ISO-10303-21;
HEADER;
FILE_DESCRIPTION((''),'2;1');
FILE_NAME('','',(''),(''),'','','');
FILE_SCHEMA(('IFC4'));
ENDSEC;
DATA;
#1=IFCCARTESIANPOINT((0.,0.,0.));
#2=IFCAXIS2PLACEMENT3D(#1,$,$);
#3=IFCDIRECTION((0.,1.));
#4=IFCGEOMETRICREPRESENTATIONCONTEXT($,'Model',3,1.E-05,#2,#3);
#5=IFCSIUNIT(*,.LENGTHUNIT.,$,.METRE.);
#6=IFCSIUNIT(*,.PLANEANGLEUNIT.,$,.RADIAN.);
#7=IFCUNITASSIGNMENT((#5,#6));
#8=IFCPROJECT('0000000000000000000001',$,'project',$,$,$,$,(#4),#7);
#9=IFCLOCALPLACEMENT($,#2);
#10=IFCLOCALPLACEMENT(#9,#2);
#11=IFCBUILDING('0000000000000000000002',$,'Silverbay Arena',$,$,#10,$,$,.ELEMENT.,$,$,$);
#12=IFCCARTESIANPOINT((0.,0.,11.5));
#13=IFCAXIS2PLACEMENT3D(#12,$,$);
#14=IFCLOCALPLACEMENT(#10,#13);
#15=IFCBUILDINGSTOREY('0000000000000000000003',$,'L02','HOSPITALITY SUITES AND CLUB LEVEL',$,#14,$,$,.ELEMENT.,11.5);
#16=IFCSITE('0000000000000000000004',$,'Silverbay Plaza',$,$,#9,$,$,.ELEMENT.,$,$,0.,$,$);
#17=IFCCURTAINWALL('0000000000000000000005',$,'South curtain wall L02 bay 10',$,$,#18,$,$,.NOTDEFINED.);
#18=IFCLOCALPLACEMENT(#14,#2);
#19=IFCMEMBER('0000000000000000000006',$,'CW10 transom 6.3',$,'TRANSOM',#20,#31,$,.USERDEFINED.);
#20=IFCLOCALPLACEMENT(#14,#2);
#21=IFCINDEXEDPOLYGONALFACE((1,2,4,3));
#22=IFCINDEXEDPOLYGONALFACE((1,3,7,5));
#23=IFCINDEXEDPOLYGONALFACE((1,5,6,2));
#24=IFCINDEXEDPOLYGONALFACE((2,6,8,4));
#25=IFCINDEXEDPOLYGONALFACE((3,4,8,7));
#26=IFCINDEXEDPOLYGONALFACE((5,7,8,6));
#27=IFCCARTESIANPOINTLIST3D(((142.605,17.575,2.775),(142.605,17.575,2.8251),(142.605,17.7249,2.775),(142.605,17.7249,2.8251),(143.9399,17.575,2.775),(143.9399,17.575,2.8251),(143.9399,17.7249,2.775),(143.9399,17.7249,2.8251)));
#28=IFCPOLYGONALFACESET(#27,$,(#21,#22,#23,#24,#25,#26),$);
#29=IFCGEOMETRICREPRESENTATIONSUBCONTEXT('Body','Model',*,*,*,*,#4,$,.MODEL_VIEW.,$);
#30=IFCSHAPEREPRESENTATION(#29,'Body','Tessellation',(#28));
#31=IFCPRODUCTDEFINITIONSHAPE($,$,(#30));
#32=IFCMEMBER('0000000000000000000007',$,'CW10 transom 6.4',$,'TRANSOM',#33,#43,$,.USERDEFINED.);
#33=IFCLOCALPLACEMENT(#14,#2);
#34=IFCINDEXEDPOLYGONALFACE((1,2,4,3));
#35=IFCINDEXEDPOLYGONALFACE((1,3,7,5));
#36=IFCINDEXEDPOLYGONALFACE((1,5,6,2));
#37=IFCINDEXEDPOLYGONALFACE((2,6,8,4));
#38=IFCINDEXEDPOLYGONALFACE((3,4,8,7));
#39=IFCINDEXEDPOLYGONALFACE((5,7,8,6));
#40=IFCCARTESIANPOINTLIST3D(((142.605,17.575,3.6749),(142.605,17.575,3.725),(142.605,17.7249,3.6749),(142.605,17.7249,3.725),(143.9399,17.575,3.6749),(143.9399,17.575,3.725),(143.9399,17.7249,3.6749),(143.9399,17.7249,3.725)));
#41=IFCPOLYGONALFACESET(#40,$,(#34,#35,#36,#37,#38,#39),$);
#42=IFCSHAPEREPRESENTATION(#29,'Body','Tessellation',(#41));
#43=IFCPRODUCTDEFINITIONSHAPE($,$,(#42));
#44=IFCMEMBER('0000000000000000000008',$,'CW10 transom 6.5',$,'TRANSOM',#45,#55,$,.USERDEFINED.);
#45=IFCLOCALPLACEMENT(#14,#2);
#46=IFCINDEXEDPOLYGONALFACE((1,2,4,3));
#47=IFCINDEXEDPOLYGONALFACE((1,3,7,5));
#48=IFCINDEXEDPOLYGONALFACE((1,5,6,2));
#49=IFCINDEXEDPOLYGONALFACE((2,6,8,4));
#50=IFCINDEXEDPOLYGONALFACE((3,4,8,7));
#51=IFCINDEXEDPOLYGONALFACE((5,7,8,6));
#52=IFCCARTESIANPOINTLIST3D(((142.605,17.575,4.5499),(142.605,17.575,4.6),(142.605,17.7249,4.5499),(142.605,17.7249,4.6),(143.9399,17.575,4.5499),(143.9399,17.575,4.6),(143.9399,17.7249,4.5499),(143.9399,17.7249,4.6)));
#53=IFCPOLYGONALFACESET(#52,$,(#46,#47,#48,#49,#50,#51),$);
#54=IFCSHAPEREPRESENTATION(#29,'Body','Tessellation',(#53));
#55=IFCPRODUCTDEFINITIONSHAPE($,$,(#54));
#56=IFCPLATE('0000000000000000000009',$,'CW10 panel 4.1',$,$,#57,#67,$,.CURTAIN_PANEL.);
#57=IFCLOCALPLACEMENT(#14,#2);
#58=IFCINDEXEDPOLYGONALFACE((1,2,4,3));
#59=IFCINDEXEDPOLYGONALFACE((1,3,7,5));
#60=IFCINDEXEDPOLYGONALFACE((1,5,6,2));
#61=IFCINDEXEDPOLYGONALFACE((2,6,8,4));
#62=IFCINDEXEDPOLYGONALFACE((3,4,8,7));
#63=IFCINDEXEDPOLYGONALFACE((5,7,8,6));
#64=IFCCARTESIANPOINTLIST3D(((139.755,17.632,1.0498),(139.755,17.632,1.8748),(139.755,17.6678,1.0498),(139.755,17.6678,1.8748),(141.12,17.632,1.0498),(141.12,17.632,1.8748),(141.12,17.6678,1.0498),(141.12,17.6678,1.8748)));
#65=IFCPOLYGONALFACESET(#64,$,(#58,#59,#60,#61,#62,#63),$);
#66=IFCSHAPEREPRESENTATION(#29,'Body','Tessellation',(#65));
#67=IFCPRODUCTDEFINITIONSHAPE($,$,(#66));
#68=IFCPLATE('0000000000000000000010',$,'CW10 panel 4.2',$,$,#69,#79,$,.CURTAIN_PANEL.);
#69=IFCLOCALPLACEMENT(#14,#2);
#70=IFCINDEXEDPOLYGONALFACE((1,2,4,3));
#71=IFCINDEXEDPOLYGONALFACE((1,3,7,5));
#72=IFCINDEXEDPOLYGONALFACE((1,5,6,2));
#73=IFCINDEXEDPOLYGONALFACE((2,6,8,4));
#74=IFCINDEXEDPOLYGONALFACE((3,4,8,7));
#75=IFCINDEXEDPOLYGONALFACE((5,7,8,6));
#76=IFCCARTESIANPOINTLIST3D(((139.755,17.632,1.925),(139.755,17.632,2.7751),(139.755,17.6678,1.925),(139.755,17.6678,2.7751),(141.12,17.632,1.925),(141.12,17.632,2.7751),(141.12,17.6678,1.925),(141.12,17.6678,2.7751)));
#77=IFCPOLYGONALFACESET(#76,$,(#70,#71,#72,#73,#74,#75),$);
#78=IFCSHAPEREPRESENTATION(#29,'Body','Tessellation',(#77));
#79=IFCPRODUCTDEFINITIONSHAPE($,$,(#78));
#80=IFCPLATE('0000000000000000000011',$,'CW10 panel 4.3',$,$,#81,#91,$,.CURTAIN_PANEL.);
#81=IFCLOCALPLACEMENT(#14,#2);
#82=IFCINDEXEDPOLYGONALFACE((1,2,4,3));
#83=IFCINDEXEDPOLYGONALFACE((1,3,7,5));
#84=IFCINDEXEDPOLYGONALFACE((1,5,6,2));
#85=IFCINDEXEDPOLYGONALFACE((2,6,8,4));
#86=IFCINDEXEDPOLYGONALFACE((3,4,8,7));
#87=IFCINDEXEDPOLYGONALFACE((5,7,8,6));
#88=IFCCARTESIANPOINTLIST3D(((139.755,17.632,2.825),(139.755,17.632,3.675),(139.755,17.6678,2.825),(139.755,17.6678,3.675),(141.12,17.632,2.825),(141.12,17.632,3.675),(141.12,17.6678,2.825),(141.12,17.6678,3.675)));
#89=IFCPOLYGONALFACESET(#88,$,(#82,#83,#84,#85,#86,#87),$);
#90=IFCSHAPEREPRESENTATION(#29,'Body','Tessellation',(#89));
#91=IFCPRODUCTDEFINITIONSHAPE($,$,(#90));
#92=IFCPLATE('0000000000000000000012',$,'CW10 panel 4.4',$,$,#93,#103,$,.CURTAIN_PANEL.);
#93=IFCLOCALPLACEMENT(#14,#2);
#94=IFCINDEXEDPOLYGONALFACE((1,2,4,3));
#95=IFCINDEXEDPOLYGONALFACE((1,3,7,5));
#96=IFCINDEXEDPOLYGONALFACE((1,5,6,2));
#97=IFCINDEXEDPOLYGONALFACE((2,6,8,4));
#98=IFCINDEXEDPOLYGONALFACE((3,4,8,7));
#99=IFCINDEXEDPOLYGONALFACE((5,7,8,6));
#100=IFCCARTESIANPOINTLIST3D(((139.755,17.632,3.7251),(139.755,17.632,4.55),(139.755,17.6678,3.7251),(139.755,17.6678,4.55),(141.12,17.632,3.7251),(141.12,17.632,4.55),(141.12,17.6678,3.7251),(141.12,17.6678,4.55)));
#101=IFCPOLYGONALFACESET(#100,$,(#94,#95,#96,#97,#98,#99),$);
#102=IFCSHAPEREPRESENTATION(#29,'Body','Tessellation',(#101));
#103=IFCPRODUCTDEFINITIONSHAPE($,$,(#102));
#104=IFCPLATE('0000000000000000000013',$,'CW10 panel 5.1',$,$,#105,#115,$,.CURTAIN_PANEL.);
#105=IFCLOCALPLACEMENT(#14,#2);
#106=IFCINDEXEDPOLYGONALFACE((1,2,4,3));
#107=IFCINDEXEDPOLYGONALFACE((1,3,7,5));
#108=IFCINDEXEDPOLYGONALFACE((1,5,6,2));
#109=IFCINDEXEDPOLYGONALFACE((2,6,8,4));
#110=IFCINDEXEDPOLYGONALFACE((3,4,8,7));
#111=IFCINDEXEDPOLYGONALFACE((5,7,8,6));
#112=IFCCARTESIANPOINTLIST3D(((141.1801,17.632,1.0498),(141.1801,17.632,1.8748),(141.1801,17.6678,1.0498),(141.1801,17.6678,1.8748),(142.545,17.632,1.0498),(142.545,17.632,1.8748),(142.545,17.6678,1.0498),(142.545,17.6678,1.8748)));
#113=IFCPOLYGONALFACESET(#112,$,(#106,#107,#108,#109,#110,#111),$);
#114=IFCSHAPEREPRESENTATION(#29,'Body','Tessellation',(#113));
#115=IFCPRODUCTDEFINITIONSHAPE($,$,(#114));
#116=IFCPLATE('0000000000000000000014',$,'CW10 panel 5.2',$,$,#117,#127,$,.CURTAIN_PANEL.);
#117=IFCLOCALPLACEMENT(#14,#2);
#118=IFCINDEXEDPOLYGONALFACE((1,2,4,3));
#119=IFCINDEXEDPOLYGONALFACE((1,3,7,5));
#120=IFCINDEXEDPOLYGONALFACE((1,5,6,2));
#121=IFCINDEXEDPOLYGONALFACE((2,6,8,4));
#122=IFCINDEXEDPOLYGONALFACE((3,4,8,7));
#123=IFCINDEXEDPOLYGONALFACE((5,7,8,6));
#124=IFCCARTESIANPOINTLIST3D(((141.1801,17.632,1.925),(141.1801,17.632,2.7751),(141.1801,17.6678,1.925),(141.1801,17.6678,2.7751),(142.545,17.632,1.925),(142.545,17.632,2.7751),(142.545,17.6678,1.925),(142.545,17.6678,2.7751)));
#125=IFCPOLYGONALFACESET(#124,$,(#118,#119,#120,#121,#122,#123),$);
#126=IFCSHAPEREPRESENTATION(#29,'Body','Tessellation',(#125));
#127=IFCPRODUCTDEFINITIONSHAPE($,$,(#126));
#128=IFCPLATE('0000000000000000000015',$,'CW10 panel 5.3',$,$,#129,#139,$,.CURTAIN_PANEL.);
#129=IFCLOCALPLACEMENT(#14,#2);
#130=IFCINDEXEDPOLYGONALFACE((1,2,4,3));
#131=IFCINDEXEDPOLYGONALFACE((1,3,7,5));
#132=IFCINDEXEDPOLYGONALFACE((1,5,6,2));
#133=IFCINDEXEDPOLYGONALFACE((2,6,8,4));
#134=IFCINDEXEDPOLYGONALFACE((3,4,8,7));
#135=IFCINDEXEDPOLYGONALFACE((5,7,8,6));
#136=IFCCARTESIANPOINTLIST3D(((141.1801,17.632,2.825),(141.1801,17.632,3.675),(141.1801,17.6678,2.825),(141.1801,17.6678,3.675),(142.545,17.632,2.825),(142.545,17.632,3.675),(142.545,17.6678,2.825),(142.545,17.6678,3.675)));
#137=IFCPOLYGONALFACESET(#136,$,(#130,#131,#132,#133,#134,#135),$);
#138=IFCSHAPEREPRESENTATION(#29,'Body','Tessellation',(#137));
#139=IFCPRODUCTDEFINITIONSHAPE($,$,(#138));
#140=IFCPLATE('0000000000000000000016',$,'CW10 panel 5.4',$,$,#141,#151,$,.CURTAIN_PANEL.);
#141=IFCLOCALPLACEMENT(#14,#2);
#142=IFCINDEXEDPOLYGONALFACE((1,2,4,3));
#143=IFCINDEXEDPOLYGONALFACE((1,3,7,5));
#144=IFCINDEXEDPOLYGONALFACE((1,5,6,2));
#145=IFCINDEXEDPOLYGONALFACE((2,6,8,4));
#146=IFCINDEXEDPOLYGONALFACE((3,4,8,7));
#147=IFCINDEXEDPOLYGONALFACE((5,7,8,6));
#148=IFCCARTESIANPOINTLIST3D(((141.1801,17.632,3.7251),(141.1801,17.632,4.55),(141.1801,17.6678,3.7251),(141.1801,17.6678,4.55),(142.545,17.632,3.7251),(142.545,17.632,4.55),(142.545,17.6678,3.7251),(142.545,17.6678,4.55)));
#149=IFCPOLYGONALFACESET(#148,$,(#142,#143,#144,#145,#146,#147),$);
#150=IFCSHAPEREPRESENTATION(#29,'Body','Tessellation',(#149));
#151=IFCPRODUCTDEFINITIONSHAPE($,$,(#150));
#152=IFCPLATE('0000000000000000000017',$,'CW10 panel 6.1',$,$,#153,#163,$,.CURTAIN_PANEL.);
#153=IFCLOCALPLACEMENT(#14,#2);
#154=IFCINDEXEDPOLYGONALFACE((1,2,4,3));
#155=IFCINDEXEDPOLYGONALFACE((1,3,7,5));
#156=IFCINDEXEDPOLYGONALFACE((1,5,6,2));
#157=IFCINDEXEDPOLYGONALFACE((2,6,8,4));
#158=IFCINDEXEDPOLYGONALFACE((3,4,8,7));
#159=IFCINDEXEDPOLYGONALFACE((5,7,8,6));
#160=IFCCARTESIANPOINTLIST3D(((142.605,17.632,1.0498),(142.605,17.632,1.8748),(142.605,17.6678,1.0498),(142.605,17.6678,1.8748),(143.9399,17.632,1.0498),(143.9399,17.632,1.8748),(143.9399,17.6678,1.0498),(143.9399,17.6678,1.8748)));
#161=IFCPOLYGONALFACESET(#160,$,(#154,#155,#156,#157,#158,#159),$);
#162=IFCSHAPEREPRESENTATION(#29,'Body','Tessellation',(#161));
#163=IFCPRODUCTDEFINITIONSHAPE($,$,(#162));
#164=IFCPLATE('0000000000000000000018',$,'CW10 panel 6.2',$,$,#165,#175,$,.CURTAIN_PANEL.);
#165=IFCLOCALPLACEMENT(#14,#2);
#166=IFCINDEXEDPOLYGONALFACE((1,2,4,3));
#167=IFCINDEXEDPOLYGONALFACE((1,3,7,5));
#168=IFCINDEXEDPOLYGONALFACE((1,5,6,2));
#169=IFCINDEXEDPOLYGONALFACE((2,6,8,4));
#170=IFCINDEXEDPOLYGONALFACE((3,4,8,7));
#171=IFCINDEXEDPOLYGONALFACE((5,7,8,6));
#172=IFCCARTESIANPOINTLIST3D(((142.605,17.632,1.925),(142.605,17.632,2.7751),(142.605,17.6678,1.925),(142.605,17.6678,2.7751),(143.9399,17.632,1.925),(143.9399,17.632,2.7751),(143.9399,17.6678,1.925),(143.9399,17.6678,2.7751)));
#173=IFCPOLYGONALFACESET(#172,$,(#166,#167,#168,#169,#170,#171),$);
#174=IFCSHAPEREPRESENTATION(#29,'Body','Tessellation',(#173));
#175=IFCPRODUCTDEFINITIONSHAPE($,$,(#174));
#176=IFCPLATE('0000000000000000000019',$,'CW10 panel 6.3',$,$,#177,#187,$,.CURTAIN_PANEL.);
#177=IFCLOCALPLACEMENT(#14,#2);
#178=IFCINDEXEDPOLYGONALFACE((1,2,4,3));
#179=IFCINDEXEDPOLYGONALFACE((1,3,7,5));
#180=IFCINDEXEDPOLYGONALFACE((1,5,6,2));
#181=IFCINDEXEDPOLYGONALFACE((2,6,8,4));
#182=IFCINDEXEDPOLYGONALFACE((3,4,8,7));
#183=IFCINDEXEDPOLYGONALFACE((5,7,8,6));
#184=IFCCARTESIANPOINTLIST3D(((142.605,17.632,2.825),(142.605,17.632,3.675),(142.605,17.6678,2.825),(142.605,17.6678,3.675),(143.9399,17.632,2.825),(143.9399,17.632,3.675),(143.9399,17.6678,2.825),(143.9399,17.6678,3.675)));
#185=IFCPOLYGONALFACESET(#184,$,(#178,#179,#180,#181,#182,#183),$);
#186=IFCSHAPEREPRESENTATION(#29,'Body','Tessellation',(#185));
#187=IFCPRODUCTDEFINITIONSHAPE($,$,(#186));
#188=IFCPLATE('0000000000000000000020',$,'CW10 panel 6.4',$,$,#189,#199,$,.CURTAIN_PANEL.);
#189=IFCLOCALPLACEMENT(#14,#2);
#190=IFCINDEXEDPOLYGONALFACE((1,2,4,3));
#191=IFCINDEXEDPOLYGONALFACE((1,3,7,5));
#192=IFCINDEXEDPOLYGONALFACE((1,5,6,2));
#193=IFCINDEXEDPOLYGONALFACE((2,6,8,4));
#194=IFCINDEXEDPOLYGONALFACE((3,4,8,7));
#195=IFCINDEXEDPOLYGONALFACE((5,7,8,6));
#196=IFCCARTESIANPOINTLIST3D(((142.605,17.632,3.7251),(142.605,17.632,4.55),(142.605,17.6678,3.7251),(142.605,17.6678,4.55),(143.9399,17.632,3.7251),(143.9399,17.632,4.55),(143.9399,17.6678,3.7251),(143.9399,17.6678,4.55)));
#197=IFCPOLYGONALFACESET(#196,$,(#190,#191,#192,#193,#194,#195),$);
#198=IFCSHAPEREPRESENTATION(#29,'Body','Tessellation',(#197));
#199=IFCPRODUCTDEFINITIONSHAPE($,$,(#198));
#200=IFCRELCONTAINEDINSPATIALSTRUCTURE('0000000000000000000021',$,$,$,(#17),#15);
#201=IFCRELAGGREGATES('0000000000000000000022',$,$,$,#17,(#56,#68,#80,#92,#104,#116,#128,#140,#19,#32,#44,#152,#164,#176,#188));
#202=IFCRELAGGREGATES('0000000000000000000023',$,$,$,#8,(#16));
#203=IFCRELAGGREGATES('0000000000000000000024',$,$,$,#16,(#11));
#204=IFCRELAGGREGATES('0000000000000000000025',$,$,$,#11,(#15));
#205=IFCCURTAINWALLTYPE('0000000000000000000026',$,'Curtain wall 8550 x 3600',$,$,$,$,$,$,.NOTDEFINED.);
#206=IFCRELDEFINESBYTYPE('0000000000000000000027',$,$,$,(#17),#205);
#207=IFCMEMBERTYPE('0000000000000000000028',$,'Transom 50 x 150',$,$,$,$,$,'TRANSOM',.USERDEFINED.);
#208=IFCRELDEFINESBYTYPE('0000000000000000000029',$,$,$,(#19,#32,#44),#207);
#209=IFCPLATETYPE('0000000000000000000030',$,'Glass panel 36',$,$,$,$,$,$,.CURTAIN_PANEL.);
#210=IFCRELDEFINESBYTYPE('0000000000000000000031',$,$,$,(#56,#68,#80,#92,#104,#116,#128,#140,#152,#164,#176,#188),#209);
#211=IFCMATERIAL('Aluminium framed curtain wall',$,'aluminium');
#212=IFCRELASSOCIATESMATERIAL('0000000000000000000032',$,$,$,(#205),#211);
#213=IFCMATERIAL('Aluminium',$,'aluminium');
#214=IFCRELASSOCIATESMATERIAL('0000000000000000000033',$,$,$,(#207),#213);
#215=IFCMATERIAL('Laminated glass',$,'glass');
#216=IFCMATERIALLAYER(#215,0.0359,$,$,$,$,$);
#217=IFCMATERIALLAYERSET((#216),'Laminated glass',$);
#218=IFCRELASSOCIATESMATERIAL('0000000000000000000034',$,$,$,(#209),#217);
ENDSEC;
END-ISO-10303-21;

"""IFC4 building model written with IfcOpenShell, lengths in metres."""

from ifc_helpers import new_model, si_unit, direction, frame, origin, origin_2d, place, context, subcontext, project, spatial, rectangle, extrude, material, layer, layer_set, material_profile, profile_set, type_object, element, aggregate, save


model = new_model("IFC4")

# Units and contexts
model_context = context("Model", 3, precision=1e-05, world=origin(), true_north=direction((0.0, 1.0)))
body_context = subcontext(model_context, "Body", "Model", "MODEL_VIEW")
ifc_project = project(units=[si_unit("LENGTHUNIT", "METRE"), si_unit("PLANEANGLEUNIT", "RADIAN")], contexts=[model_context])

# Site, building, storey
site_placement = place(None, origin())
site = spatial("IfcSite", under=ifc_project, at=site_placement, Name="Silverbay Plaza", CompositionType="ELEMENT", RefElevation=0.0)
building_placement = place(site_placement, origin())
building = spatial("IfcBuilding", under=site, at=building_placement, Name="Silverbay Arena", CompositionType="ELEMENT")
storey_placement = place(building_placement, frame((0.0, 0.0, 11.5)))
storey = spatial("IfcBuildingStorey", under=building, at=storey_placement, Name="L02", Description="HOSPITALITY SUITES AND CLUB LEVEL", CompositionType="ELEMENT", Elevation=11.5)

# Curtain wall, members, plates
ifc_material_1 = material(Name="Aluminium framed curtain wall", Category="aluminium")
curtain_wall_type = type_object("IfcCurtainWallType", Name="Curtain wall 8550 x 3600", PredefinedType="NOTDEFINED", material=ifc_material_1)
curtain_wall_placement = place(storey_placement, origin())
curtain_wall = element("IfcCurtainWall", 1, at=curtain_wall_placement, inside=storey, type_object=curtain_wall_type, Name="South curtain wall L02 bay 10", PredefinedType="NOTDEFINED")
ifc_material_2 = material(Name="Aluminium", Category="aluminium")
ifc_material_profile_1 = material_profile(ifc_material_2, rectangle(XDim=0.1499, YDim=0.05, at=origin_2d()), Name="Transom 50 x 150")
ifc_profile_set_1 = profile_set([ifc_material_profile_1], Name="Aluminium")
member_type_1 = type_object("IfcMemberType", Name="Transom 50 x 150", ElementType="TRANSOM", PredefinedType="USERDEFINED", material=ifc_profile_set_1)
member_1_placement = place(storey_placement, frame((142.605, 17.6499, 2.8), z_axis=(1.0, 0.0, 0.0), x_axis=(0.0, 1.0, 0.0)))
member_1 = element("IfcMember", 2, at=member_1_placement, type_object=member_type_1, Name="CW10 transom 6.3", ObjectType="TRANSOM", PredefinedType="USERDEFINED", context=body_context, shape_type="SweptSolid", body=[
    extrude(rectangle(XDim=0.1499, YDim=0.05, at=origin_2d()), origin(), (0.0, 0.0, 1.0), 1.335),
])
member_2_placement = place(storey_placement, frame((142.605, 17.6499, 3.7), z_axis=(1.0, 0.0, 0.0), x_axis=(0.0, 1.0, 0.0)))
member_2 = element("IfcMember", 3, at=member_2_placement, type_object=member_type_1, Name="CW10 transom 6.4", ObjectType="TRANSOM", PredefinedType="USERDEFINED", context=body_context, shape_type="SweptSolid", body=[
    extrude(rectangle(XDim=0.1499, YDim=0.05, at=origin_2d()), origin(), (0.0, 0.0, 1.0), 1.335),
])
member_3_placement = place(storey_placement, frame((142.605, 17.6499, 4.575), z_axis=(1.0, 0.0, 0.0), x_axis=(0.0, 1.0, 0.0)))
member_3 = element("IfcMember", 4, at=member_3_placement, type_object=member_type_1, Name="CW10 transom 6.5", ObjectType="TRANSOM", PredefinedType="USERDEFINED", context=body_context, shape_type="SweptSolid", body=[
    extrude(rectangle(XDim=0.1499, YDim=0.05, at=origin_2d()), origin(), (0.0, 0.0, 1.0), 1.335),
])
ifc_material_3 = material(Name="Laminated glass", Category="glass")
ifc_layer_1 = layer(ifc_material_3, 0.0359)
ifc_layer_set_1 = layer_set([ifc_layer_1], Name="Laminated glass")
plate_type = type_object("IfcPlateType", Name="Glass panel 36", PredefinedType="CURTAIN_PANEL", material=ifc_layer_set_1)
plate_1_placement = place(storey_placement, frame((140.4375, 17.6499, 1.0498), z_axis=(0.0, 0.0, 1.0), x_axis=(1.0, 0.0, 0.0)))
plate_1 = element("IfcPlate", 5, at=plate_1_placement, type_object=plate_type, Name="CW10 panel 4.1", PredefinedType="CURTAIN_PANEL", context=body_context, shape_type="SweptSolid", body=[
    extrude(rectangle(XDim=1.365, YDim=0.0359, at=origin_2d()), origin(), (0.0, 0.0, 1.0), 0.825),
])
plate_2_placement = place(storey_placement, frame((140.4375, 17.6499, 1.925), z_axis=(0.0, 0.0, 1.0), x_axis=(1.0, 0.0, 0.0)))
plate_2 = element("IfcPlate", 6, at=plate_2_placement, type_object=plate_type, Name="CW10 panel 4.2", PredefinedType="CURTAIN_PANEL", context=body_context, shape_type="SweptSolid", body=[
    extrude(rectangle(XDim=1.365, YDim=0.0359, at=origin_2d()), origin(), (0.0, 0.0, 1.0), 0.8501),
])
plate_3_placement = place(storey_placement, frame((140.4375, 17.6499, 2.825), z_axis=(0.0, 0.0, 1.0), x_axis=(1.0, 0.0, 0.0)))
plate_3 = element("IfcPlate", 7, at=plate_3_placement, type_object=plate_type, Name="CW10 panel 4.3", PredefinedType="CURTAIN_PANEL", context=body_context, shape_type="SweptSolid", body=[
    extrude(rectangle(XDim=1.365, YDim=0.0359, at=origin_2d()), origin(), (0.0, 0.0, 1.0), 0.8501),
])
plate_4_placement = place(storey_placement, frame((140.4375, 17.6499, 3.7251), z_axis=(0.0, 0.0, 1.0), x_axis=(1.0, 0.0, 0.0)))
plate_4 = element("IfcPlate", 8, at=plate_4_placement, type_object=plate_type, Name="CW10 panel 4.4", PredefinedType="CURTAIN_PANEL", context=body_context, shape_type="SweptSolid", body=[
    extrude(rectangle(XDim=1.365, YDim=0.0359, at=origin_2d()), origin(), (0.0, 0.0, 1.0), 0.825),
])
plate_5_placement = place(storey_placement, frame((141.8625, 17.6499, 1.0498), z_axis=(0.0, 0.0, 1.0), x_axis=(1.0, 0.0, 0.0)))
plate_5 = element("IfcPlate", 9, at=plate_5_placement, type_object=plate_type, Name="CW10 panel 5.1", PredefinedType="CURTAIN_PANEL", context=body_context, shape_type="SweptSolid", body=[
    extrude(rectangle(XDim=1.365, YDim=0.0359, at=origin_2d()), origin(), (0.0, 0.0, 1.0), 0.825),
])
plate_6_placement = place(storey_placement, frame((141.8625, 17.6499, 1.925), z_axis=(0.0, 0.0, 1.0), x_axis=(1.0, 0.0, 0.0)))
plate_6 = element("IfcPlate", 10, at=plate_6_placement, type_object=plate_type, Name="CW10 panel 5.2", PredefinedType="CURTAIN_PANEL", context=body_context, shape_type="SweptSolid", body=[
    extrude(rectangle(XDim=1.365, YDim=0.0359, at=origin_2d()), origin(), (0.0, 0.0, 1.0), 0.8501),
])
plate_7_placement = place(storey_placement, frame((141.8625, 17.6499, 2.825), z_axis=(0.0, 0.0, 1.0), x_axis=(1.0, 0.0, 0.0)))
plate_7 = element("IfcPlate", 11, at=plate_7_placement, type_object=plate_type, Name="CW10 panel 5.3", PredefinedType="CURTAIN_PANEL", context=body_context, shape_type="SweptSolid", body=[
    extrude(rectangle(XDim=1.365, YDim=0.0359, at=origin_2d()), origin(), (0.0, 0.0, 1.0), 0.8501),
])
plate_8_placement = place(storey_placement, frame((141.8625, 17.6499, 3.7251), z_axis=(0.0, 0.0, 1.0), x_axis=(1.0, 0.0, 0.0)))
plate_8 = element("IfcPlate", 12, at=plate_8_placement, type_object=plate_type, Name="CW10 panel 5.4", PredefinedType="CURTAIN_PANEL", context=body_context, shape_type="SweptSolid", body=[
    extrude(rectangle(XDim=1.365, YDim=0.0359, at=origin_2d()), origin(), (0.0, 0.0, 1.0), 0.825),
])
plate_9_placement = place(storey_placement, frame((143.2725, 17.6499, 1.0498), z_axis=(0.0, 0.0, 1.0), x_axis=(1.0, 0.0, 0.0)))
plate_9 = element("IfcPlate", 13, at=plate_9_placement, type_object=plate_type, Name="CW10 panel 6.1", PredefinedType="CURTAIN_PANEL", context=body_context, shape_type="SweptSolid", body=[
    extrude(rectangle(XDim=1.335, YDim=0.0359, at=origin_2d()), origin(), (0.0, 0.0, 1.0), 0.825),
])
plate_10_placement = place(storey_placement, frame((143.2725, 17.6499, 1.925), z_axis=(0.0, 0.0, 1.0), x_axis=(1.0, 0.0, 0.0)))
plate_10 = element("IfcPlate", 14, at=plate_10_placement, type_object=plate_type, Name="CW10 panel 6.2", PredefinedType="CURTAIN_PANEL", context=body_context, shape_type="SweptSolid", body=[
    extrude(rectangle(XDim=1.335, YDim=0.0359, at=origin_2d()), origin(), (0.0, 0.0, 1.0), 0.8501),
])
plate_11_placement = place(storey_placement, frame((143.2725, 17.6499, 2.825), z_axis=(0.0, 0.0, 1.0), x_axis=(1.0, 0.0, 0.0)))
plate_11 = element("IfcPlate", 15, at=plate_11_placement, type_object=plate_type, Name="CW10 panel 6.3", PredefinedType="CURTAIN_PANEL", context=body_context, shape_type="SweptSolid", body=[
    extrude(rectangle(XDim=1.335, YDim=0.0359, at=origin_2d()), origin(), (0.0, 0.0, 1.0), 0.8501),
])
plate_12_placement = place(storey_placement, frame((143.2725, 17.6499, 3.7251), z_axis=(0.0, 0.0, 1.0), x_axis=(1.0, 0.0, 0.0)))
plate_12 = element("IfcPlate", 16, at=plate_12_placement, type_object=plate_type, Name="CW10 panel 6.4", PredefinedType="CURTAIN_PANEL", context=body_context, shape_type="SweptSolid", body=[
    extrude(rectangle(XDim=1.335, YDim=0.0359, at=origin_2d()), origin(), (0.0, 0.0, 1.0), 0.825),
])
aggregate(curtain_wall, [plate_1, plate_2, plate_3, plate_4, plate_5, plate_6, plate_7, plate_8, member_1, member_2, member_3, plate_9, plate_10, plate_11, plate_12])

save(model, "model.ifc")
